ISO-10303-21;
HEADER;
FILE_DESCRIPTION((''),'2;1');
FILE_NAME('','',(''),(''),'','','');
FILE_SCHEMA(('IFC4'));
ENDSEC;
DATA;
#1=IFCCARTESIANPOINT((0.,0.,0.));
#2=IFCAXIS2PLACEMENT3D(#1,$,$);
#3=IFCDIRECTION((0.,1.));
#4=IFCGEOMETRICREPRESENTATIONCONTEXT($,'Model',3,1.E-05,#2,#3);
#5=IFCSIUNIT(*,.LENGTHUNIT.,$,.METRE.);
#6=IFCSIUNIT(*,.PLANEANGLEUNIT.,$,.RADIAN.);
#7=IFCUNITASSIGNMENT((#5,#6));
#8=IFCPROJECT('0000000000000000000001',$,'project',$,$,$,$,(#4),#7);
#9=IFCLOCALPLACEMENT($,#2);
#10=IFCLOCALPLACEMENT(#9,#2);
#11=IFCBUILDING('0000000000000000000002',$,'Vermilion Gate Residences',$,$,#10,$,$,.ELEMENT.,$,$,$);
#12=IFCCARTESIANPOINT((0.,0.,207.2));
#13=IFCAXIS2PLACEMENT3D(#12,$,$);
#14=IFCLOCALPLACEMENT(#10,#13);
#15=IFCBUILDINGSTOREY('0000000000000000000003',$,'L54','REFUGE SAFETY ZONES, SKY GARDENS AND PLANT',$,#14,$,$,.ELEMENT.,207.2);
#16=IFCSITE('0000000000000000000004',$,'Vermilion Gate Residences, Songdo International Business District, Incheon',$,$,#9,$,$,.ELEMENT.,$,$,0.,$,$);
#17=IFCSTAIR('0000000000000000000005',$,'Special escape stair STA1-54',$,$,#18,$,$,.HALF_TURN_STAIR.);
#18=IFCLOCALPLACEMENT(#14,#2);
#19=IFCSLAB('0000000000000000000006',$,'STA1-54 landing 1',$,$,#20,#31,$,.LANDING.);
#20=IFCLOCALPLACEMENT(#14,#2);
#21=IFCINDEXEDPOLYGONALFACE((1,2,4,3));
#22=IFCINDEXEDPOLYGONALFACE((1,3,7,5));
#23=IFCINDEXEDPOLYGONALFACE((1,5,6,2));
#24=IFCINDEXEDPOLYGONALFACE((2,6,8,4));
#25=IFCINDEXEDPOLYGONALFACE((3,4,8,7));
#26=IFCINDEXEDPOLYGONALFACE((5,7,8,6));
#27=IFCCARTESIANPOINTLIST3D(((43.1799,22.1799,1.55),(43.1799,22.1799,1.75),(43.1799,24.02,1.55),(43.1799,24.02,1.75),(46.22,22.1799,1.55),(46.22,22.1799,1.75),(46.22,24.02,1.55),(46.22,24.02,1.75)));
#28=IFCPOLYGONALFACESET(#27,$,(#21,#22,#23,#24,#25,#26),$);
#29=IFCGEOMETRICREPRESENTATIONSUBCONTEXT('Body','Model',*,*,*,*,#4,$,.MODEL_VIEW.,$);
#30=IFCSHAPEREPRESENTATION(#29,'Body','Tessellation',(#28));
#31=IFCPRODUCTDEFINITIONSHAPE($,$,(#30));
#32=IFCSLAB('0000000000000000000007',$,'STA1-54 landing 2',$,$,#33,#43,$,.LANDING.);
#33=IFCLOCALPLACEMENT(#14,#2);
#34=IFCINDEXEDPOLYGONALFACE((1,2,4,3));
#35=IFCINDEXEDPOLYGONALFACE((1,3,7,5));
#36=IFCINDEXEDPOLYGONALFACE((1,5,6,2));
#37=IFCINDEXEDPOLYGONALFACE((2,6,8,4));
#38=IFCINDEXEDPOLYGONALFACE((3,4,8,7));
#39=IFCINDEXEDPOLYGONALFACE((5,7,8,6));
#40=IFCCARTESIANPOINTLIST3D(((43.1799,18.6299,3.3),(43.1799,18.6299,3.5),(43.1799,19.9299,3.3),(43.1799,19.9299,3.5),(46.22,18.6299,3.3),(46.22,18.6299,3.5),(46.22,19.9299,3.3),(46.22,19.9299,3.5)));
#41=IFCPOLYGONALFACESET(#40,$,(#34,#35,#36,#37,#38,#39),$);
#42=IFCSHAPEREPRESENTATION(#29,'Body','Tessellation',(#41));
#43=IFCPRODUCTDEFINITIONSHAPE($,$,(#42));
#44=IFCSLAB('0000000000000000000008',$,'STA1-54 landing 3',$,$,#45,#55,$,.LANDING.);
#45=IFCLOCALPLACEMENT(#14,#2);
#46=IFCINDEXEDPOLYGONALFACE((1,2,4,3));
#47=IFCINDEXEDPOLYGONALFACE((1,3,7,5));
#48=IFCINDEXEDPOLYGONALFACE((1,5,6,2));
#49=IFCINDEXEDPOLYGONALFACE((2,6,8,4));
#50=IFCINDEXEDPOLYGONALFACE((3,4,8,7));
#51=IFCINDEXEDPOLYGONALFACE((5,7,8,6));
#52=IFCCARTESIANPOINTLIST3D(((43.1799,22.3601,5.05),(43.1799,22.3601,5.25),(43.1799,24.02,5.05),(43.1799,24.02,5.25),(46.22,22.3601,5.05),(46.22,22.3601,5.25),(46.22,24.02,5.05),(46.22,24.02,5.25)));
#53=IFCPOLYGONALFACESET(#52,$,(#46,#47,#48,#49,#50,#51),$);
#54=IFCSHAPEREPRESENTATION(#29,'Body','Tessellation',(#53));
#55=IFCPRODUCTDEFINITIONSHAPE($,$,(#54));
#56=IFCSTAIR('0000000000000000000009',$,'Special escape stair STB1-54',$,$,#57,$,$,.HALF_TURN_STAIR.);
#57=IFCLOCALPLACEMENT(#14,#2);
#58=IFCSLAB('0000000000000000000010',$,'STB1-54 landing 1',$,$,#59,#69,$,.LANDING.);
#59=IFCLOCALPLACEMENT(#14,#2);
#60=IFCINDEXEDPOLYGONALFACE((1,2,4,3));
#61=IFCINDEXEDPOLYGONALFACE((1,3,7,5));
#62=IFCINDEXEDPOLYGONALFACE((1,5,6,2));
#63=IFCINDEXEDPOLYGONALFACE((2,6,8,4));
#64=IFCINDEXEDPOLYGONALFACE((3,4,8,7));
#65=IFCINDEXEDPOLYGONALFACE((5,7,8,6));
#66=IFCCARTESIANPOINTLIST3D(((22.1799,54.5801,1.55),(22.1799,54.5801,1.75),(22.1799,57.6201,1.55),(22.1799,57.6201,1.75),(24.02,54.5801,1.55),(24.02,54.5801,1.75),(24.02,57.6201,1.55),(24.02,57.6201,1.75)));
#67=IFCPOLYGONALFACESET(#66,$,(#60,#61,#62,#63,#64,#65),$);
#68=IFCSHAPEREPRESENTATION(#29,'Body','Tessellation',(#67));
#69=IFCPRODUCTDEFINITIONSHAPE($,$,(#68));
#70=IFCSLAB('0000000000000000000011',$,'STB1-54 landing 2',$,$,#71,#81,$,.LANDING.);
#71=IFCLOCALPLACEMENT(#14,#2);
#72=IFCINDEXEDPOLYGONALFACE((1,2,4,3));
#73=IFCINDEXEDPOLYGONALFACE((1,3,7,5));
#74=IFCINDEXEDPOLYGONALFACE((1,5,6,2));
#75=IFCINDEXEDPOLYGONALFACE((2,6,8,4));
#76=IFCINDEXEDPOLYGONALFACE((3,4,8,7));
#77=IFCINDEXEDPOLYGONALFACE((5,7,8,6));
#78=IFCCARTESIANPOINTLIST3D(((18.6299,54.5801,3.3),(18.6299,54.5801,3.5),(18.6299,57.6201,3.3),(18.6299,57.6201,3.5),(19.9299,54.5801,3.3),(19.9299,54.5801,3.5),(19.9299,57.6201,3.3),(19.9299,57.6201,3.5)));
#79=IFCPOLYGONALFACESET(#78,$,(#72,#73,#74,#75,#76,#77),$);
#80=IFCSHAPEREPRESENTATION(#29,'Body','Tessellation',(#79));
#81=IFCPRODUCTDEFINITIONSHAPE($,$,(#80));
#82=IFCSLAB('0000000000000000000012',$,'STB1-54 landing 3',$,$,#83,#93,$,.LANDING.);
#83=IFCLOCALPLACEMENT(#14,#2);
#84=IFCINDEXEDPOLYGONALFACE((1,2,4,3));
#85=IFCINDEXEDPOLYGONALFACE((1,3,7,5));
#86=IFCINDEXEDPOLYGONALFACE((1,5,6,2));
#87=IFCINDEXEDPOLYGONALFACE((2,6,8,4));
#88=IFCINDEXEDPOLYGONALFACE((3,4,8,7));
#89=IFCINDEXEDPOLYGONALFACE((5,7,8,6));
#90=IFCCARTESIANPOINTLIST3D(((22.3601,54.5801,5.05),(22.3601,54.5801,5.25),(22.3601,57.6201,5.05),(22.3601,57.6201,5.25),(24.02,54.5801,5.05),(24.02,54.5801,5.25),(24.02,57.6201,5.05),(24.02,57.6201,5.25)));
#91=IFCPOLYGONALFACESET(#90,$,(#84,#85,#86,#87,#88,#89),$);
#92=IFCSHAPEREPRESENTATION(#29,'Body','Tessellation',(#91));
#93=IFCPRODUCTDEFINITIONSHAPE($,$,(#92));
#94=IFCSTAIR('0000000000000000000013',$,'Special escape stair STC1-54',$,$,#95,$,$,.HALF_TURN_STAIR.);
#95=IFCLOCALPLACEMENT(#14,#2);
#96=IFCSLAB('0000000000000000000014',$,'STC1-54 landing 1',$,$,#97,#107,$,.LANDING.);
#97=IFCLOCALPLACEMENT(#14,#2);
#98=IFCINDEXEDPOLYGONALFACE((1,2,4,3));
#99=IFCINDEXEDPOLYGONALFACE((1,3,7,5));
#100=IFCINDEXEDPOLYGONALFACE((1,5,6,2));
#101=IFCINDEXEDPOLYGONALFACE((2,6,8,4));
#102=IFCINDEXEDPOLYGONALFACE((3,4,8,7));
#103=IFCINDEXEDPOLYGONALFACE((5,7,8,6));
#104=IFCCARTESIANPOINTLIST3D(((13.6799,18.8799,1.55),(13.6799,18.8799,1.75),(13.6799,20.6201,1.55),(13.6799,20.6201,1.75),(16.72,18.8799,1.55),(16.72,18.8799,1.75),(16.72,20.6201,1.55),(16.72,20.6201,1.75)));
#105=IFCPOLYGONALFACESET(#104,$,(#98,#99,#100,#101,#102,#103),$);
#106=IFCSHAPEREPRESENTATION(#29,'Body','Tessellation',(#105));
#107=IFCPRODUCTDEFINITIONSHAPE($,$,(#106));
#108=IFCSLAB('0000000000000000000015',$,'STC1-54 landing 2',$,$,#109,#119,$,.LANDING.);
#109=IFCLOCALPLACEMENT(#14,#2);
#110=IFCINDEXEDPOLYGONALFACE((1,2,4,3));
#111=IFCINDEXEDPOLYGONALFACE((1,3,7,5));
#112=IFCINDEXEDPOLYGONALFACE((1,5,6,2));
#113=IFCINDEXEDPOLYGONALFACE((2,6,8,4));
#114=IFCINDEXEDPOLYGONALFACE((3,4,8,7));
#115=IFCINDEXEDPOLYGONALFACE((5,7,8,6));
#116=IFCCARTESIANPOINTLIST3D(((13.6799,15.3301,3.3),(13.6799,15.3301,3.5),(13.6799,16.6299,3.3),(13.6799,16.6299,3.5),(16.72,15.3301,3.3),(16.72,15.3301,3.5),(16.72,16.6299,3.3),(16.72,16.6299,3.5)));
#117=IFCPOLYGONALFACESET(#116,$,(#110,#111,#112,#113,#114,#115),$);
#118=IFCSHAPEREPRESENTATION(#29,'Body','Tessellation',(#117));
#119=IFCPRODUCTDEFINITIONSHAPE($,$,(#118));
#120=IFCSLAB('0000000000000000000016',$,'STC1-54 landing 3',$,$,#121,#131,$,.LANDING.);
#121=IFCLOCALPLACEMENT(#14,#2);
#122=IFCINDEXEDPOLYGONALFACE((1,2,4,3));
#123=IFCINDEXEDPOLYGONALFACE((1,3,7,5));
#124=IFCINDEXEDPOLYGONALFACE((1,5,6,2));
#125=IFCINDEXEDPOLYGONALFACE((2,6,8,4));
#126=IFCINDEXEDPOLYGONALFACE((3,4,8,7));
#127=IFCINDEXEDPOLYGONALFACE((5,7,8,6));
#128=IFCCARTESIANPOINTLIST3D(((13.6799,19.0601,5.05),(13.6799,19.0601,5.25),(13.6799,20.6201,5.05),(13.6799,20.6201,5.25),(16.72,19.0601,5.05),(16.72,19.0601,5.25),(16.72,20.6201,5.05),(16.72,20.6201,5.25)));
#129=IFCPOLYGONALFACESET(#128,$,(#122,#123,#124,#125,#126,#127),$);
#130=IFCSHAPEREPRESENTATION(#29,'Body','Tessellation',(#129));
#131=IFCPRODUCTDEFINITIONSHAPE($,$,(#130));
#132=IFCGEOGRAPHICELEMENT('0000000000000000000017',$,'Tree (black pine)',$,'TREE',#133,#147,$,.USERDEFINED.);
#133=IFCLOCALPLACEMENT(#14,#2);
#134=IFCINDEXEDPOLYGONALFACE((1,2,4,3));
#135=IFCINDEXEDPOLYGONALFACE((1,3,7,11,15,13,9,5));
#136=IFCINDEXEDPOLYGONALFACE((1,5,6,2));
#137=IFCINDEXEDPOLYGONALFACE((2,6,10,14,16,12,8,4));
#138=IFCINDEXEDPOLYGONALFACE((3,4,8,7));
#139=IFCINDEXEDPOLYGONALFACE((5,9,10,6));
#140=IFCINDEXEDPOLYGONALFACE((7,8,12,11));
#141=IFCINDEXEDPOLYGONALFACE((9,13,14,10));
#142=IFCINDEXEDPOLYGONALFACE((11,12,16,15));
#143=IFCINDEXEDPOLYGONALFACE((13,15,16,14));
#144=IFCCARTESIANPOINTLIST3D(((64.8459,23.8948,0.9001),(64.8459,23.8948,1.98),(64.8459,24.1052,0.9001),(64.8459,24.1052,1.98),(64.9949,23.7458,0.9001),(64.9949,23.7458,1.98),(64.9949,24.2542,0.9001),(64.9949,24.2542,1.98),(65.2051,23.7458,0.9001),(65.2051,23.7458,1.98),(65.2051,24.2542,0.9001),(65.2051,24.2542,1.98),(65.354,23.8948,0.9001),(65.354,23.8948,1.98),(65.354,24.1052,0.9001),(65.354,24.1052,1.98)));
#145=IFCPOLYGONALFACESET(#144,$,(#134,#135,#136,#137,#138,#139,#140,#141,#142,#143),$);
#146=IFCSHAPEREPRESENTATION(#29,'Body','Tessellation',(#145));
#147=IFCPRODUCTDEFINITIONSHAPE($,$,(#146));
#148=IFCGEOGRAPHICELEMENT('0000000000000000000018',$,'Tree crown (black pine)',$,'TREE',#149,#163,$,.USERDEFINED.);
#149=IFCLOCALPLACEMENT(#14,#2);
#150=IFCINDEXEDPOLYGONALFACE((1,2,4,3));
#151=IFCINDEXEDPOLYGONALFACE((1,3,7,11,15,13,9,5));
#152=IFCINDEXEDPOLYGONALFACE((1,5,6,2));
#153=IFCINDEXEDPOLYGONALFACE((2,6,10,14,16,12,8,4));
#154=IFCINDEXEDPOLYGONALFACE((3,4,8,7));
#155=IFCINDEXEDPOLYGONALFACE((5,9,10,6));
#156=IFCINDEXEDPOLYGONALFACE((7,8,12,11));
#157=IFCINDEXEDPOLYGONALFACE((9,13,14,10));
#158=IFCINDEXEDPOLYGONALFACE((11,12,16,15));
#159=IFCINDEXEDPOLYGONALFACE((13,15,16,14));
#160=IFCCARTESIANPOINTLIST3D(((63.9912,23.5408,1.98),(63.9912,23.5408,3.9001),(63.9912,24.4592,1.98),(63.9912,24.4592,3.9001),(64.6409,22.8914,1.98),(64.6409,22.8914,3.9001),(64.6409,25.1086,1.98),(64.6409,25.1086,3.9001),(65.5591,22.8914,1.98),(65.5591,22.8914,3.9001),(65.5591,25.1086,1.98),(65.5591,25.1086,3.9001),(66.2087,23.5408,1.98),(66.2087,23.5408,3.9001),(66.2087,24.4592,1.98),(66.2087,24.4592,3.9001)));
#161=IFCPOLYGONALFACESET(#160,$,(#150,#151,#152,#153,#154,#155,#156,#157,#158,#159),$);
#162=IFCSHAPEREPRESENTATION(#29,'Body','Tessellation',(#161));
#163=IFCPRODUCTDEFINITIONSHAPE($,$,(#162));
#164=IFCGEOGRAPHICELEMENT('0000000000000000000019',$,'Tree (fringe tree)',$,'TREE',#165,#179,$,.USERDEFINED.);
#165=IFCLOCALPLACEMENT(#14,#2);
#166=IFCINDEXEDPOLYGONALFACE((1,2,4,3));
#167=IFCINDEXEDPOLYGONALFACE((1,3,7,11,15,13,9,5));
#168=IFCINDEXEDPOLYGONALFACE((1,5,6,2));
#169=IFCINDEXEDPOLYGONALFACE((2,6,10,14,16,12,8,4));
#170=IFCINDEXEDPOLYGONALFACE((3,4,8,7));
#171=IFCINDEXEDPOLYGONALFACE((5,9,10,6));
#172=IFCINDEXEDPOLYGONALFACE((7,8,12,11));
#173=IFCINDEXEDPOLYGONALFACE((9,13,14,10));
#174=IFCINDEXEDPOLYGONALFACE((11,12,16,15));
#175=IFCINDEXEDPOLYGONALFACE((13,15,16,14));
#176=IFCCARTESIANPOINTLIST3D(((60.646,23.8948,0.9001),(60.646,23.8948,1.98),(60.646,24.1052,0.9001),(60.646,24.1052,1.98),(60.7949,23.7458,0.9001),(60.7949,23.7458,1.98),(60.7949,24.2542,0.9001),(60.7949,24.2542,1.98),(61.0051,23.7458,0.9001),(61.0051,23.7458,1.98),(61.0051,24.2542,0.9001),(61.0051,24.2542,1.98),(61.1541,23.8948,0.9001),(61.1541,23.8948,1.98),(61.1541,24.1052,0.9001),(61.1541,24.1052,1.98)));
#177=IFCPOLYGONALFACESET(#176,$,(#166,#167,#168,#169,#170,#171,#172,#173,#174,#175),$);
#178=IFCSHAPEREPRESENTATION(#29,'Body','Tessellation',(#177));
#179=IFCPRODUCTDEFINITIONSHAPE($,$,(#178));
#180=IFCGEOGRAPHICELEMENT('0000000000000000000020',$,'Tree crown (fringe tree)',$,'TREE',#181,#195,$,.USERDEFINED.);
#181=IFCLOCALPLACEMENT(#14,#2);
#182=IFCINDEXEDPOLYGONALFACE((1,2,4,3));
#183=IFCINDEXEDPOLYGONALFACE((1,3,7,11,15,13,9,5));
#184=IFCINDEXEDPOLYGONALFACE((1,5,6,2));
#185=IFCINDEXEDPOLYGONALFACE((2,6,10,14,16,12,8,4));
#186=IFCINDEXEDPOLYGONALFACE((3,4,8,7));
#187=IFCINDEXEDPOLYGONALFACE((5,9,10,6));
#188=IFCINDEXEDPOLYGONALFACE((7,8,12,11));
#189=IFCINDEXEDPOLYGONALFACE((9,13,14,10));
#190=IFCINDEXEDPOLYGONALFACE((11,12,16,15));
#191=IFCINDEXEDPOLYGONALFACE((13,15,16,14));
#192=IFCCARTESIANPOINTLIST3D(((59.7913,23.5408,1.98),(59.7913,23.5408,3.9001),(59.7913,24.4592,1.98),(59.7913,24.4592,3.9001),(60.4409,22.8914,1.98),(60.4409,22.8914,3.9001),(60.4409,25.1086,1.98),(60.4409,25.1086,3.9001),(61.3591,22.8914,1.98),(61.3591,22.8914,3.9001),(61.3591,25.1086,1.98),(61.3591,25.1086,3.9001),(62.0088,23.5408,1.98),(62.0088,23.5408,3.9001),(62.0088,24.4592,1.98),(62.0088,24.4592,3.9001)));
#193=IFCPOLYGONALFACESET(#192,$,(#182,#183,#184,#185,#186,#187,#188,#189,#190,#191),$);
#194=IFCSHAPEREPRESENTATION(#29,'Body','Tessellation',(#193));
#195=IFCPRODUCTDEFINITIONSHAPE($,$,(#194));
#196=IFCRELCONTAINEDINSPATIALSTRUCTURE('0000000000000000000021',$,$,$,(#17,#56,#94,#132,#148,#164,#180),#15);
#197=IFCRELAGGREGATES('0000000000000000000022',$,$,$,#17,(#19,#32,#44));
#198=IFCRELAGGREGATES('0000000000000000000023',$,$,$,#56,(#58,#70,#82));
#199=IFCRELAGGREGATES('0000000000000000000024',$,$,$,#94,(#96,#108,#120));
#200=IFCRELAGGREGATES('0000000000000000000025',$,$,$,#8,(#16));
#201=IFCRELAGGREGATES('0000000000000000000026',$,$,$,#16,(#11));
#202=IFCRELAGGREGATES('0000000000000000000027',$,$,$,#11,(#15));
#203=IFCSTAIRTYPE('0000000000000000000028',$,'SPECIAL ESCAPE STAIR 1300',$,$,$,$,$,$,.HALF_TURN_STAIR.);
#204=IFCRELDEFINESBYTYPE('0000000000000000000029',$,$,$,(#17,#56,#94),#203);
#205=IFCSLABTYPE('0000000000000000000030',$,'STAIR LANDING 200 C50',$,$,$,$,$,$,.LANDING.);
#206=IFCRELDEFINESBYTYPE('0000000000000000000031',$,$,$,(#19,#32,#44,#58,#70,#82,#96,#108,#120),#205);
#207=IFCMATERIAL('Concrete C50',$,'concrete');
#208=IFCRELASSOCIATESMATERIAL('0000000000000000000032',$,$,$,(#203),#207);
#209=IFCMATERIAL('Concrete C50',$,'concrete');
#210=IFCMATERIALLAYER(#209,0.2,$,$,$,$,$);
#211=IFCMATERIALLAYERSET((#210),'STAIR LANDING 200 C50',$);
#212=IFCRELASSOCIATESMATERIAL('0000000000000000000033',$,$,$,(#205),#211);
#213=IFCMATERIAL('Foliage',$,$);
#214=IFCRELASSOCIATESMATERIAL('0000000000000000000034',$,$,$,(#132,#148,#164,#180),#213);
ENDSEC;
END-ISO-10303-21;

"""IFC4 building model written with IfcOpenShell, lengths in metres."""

from ifc_helpers import new_model, si_unit, direction, frame, origin, place, context, subcontext, project, spatial, polyline, outline, extrude, material, layer, layer_set, type_object, element, aggregate, save


model = new_model("IFC4")

# Units and contexts
model_context = context("Model", 3, precision=1e-05, world=origin(), true_north=direction((0.0, 1.0)))
body_context = subcontext(model_context, "Body", "Model", "MODEL_VIEW")
ifc_project = project(units=[si_unit("LENGTHUNIT", "METRE"), si_unit("PLANEANGLEUNIT", "RADIAN")], contexts=[model_context])

# Site, building, storey
site_placement = place(None, origin())
site = spatial("IfcSite", under=ifc_project, at=site_placement, Name="Vermilion Gate Residences, Songdo International Business District, Incheon", CompositionType="ELEMENT", RefElevation=0.0)
building_placement = place(site_placement, origin())
building = spatial("IfcBuilding", under=site, at=building_placement, Name="Vermilion Gate Residences", CompositionType="ELEMENT")
storey_placement = place(building_placement, frame((0.0, 0.0, 207.2)))
storey = spatial("IfcBuildingStorey", under=building, at=storey_placement, Name="L54", Description="REFUGE SAFETY ZONES, SKY GARDENS AND PLANT", CompositionType="ELEMENT", Elevation=207.2)

# Stairs, slabs
ifc_material_1 = material(Name="Concrete C50", Category="concrete")
stair_type = type_object("IfcStairType", Name="SPECIAL ESCAPE STAIR 1300", PredefinedType="HALF_TURN_STAIR", material=ifc_material_1)
stair_1_placement = place(storey_placement, origin())
stair_1 = element("IfcStair", 1, at=stair_1_placement, inside=storey, type_object=stair_type, Name="Special escape stair STA1-54", PredefinedType="HALF_TURN_STAIR")
ifc_material_2 = material(Name="Concrete C50", Category="concrete")
ifc_layer_1 = layer(ifc_material_2, 0.2)
ifc_layer_set_1 = layer_set([ifc_layer_1], Name="STAIR LANDING 200 C50")
slab_type_1 = type_object("IfcSlabType", Name="STAIR LANDING 200 C50", PredefinedType="LANDING", material=ifc_layer_set_1)
slab_1_placement = place(storey_placement, frame((0.0, 0.0, 1.55)))
slab_1 = element("IfcSlab", 2, at=slab_1_placement, type_object=slab_type_1, Name="STA1-54 landing 1", PredefinedType="LANDING", context=body_context, shape_type="SweptSolid", body=[
    extrude(outline(polyline([(46.22, 22.1799), (46.22, 24.02), (43.1799, 24.02), (43.1799, 22.1799), (46.22, 22.1799)])), origin(), (0.0, 0.0, 1.0), 0.2),
])
slab_2_placement = place(storey_placement, frame((0.0, 0.0, 3.3)))
slab_2 = element("IfcSlab", 3, at=slab_2_placement, type_object=slab_type_1, Name="STA1-54 landing 2", PredefinedType="LANDING", context=body_context, shape_type="SweptSolid", body=[
    extrude(outline(polyline([(46.22, 18.6299), (46.22, 19.9299), (43.1799, 19.9299), (43.1799, 18.6299), (46.22, 18.6299)])), origin(), (0.0, 0.0, 1.0), 0.2),
])
slab_3_placement = place(storey_placement, frame((0.0, 0.0, 5.05)))
slab_3 = element("IfcSlab", 4, at=slab_3_placement, type_object=slab_type_1, Name="STA1-54 landing 3", PredefinedType="LANDING", context=body_context, shape_type="SweptSolid", body=[
    extrude(outline(polyline([(46.22, 22.3601), (46.22, 24.02), (43.1799, 24.02), (43.1799, 22.3601), (46.22, 22.3601)])), origin(), (0.0, 0.0, 1.0), 0.2),
])
aggregate(stair_1, [slab_1, slab_2, slab_3])
stair_2_placement = place(storey_placement, origin())
stair_2 = element("IfcStair", 5, at=stair_2_placement, inside=storey, type_object=stair_type, Name="Special escape stair STB1-54", PredefinedType="HALF_TURN_STAIR")
slab_4_placement = place(storey_placement, frame((0.0, 0.0, 1.55)))
slab_4 = element("IfcSlab", 6, at=slab_4_placement, type_object=slab_type_1, Name="STB1-54 landing 1", PredefinedType="LANDING", context=body_context, shape_type="SweptSolid", body=[
    extrude(outline(polyline([(24.02, 54.5801), (24.02, 57.6201), (22.1799, 57.6201), (22.1799, 54.5801), (24.02, 54.5801)])), origin(), (0.0, 0.0, 1.0), 0.2),
])
slab_5_placement = place(storey_placement, frame((0.0, 0.0, 3.3)))
slab_5 = element("IfcSlab", 7, at=slab_5_placement, type_object=slab_type_1, Name="STB1-54 landing 2", PredefinedType="LANDING", context=body_context, shape_type="SweptSolid", body=[
    extrude(outline(polyline([(19.9299, 54.5801), (19.9299, 57.6201), (18.6299, 57.6201), (18.6299, 54.5801), (19.9299, 54.5801)])), origin(), (0.0, 0.0, 1.0), 0.2),
])
slab_6_placement = place(storey_placement, frame((0.0, 0.0, 5.05)))
slab_6 = element("IfcSlab", 8, at=slab_6_placement, type_object=slab_type_1, Name="STB1-54 landing 3", PredefinedType="LANDING", context=body_context, shape_type="SweptSolid", body=[
    extrude(outline(polyline([(24.02, 54.5801), (24.02, 57.6201), (22.3601, 57.6201), (22.3601, 54.5801), (24.02, 54.5801)])), origin(), (0.0, 0.0, 1.0), 0.2),
])
aggregate(stair_2, [slab_4, slab_5, slab_6])
stair_3_placement = place(storey_placement, origin())
stair_3 = element("IfcStair", 9, at=stair_3_placement, inside=storey, type_object=stair_type, Name="Special escape stair STC1-54", PredefinedType="HALF_TURN_STAIR")
slab_7_placement = place(storey_placement, frame((0.0, 0.0, 1.55)))
slab_7 = element("IfcSlab", 10, at=slab_7_placement, type_object=slab_type_1, Name="STC1-54 landing 1", PredefinedType="LANDING", context=body_context, shape_type="SweptSolid", body=[
    extrude(outline(polyline([(16.72, 18.8799), (16.72, 20.6201), (13.6799, 20.6201), (13.6799, 18.8799), (16.72, 18.8799)])), origin(), (0.0, 0.0, 1.0), 0.2),
])
slab_8_placement = place(storey_placement, frame((0.0, 0.0, 3.3)))
slab_8 = element("IfcSlab", 11, at=slab_8_placement, type_object=slab_type_1, Name="STC1-54 landing 2", PredefinedType="LANDING", context=body_context, shape_type="SweptSolid", body=[
    extrude(outline(polyline([(16.72, 15.3301), (16.72, 16.6299), (13.6799, 16.6299), (13.6799, 15.3301), (16.72, 15.3301)])), origin(), (0.0, 0.0, 1.0), 0.2),
])
slab_9_placement = place(storey_placement, frame((0.0, 0.0, 5.05)))
slab_9 = element("IfcSlab", 12, at=slab_9_placement, type_object=slab_type_1, Name="STC1-54 landing 3", PredefinedType="LANDING", context=body_context, shape_type="SweptSolid", body=[
    extrude(outline(polyline([(16.72, 19.0601), (16.72, 20.6201), (13.6799, 20.6201), (13.6799, 19.0601), (16.72, 19.0601)])), origin(), (0.0, 0.0, 1.0), 0.2),
])
aggregate(stair_3, [slab_7, slab_8, slab_9])

# Geographic elements
ifc_material_3 = material(Name="Foliage")
geographic_element_1_placement = place(storey_placement, frame((0.0, 0.0, 0.9001)))
element("IfcGeographicElement", 13, at=geographic_element_1_placement, inside=storey, material=ifc_material_3, Name="Tree (black pine)", ObjectType="TREE", PredefinedType="USERDEFINED", context=body_context, shape_type="SweptSolid", body=[
    extrude(outline(polyline([(65.354, 24.1052), (65.2051, 24.2542), (64.9949, 24.2542), (64.8459, 24.1052), (64.8459, 23.8948), (64.9949, 23.7458), (65.2051, 23.7458), (65.354, 23.8948), (65.354, 24.1052)])), origin(), (0.0, 0.0, 1.0), 1.0798),
])
geographic_element_2_placement = place(storey_placement, frame((0.0, 0.0, 1.98)))
element("IfcGeographicElement", 14, at=geographic_element_2_placement, inside=storey, material=ifc_material_3, Name="Tree crown (black pine)", ObjectType="TREE", PredefinedType="USERDEFINED", context=body_context, shape_type="SweptSolid", body=[
    extrude(outline(polyline([(66.2087, 24.4592), (65.5591, 25.1086), (64.6409, 25.1086), (63.9912, 24.4592), (63.9912, 23.5408), (64.6409, 22.8914), (65.5591, 22.8914), (66.2087, 23.5408), (66.2087, 24.4592)])), origin(), (0.0, 0.0, 1.0), 1.9202),
])
geographic_element_3_placement = place(storey_placement, frame((0.0, 0.0, 0.9001)))
element("IfcGeographicElement", 15, at=geographic_element_3_placement, inside=storey, material=ifc_material_3, Name="Tree (fringe tree)", ObjectType="TREE", PredefinedType="USERDEFINED", context=body_context, shape_type="SweptSolid", body=[
    extrude(outline(polyline([(61.1541, 24.1052), (61.0051, 24.2542), (60.7949, 24.2542), (60.646, 24.1052), (60.646, 23.8948), (60.7949, 23.7458), (61.0051, 23.7458), (61.1541, 23.8948), (61.1541, 24.1052)])), origin(), (0.0, 0.0, 1.0), 1.0798),
])
geographic_element_4_placement = place(storey_placement, frame((0.0, 0.0, 1.98)))
element("IfcGeographicElement", 16, at=geographic_element_4_placement, inside=storey, material=ifc_material_3, Name="Tree crown (fringe tree)", ObjectType="TREE", PredefinedType="USERDEFINED", context=body_context, shape_type="SweptSolid", body=[
    extrude(outline(polyline([(62.0088, 24.4592), (61.3591, 25.1086), (60.4409, 25.1086), (59.7913, 24.4592), (59.7913, 23.5408), (60.4409, 22.8914), (61.3591, 22.8914), (62.0088, 23.5408), (62.0088, 24.4592)])), origin(), (0.0, 0.0, 1.0), 1.9202),
])

save(model, "model.ifc")
